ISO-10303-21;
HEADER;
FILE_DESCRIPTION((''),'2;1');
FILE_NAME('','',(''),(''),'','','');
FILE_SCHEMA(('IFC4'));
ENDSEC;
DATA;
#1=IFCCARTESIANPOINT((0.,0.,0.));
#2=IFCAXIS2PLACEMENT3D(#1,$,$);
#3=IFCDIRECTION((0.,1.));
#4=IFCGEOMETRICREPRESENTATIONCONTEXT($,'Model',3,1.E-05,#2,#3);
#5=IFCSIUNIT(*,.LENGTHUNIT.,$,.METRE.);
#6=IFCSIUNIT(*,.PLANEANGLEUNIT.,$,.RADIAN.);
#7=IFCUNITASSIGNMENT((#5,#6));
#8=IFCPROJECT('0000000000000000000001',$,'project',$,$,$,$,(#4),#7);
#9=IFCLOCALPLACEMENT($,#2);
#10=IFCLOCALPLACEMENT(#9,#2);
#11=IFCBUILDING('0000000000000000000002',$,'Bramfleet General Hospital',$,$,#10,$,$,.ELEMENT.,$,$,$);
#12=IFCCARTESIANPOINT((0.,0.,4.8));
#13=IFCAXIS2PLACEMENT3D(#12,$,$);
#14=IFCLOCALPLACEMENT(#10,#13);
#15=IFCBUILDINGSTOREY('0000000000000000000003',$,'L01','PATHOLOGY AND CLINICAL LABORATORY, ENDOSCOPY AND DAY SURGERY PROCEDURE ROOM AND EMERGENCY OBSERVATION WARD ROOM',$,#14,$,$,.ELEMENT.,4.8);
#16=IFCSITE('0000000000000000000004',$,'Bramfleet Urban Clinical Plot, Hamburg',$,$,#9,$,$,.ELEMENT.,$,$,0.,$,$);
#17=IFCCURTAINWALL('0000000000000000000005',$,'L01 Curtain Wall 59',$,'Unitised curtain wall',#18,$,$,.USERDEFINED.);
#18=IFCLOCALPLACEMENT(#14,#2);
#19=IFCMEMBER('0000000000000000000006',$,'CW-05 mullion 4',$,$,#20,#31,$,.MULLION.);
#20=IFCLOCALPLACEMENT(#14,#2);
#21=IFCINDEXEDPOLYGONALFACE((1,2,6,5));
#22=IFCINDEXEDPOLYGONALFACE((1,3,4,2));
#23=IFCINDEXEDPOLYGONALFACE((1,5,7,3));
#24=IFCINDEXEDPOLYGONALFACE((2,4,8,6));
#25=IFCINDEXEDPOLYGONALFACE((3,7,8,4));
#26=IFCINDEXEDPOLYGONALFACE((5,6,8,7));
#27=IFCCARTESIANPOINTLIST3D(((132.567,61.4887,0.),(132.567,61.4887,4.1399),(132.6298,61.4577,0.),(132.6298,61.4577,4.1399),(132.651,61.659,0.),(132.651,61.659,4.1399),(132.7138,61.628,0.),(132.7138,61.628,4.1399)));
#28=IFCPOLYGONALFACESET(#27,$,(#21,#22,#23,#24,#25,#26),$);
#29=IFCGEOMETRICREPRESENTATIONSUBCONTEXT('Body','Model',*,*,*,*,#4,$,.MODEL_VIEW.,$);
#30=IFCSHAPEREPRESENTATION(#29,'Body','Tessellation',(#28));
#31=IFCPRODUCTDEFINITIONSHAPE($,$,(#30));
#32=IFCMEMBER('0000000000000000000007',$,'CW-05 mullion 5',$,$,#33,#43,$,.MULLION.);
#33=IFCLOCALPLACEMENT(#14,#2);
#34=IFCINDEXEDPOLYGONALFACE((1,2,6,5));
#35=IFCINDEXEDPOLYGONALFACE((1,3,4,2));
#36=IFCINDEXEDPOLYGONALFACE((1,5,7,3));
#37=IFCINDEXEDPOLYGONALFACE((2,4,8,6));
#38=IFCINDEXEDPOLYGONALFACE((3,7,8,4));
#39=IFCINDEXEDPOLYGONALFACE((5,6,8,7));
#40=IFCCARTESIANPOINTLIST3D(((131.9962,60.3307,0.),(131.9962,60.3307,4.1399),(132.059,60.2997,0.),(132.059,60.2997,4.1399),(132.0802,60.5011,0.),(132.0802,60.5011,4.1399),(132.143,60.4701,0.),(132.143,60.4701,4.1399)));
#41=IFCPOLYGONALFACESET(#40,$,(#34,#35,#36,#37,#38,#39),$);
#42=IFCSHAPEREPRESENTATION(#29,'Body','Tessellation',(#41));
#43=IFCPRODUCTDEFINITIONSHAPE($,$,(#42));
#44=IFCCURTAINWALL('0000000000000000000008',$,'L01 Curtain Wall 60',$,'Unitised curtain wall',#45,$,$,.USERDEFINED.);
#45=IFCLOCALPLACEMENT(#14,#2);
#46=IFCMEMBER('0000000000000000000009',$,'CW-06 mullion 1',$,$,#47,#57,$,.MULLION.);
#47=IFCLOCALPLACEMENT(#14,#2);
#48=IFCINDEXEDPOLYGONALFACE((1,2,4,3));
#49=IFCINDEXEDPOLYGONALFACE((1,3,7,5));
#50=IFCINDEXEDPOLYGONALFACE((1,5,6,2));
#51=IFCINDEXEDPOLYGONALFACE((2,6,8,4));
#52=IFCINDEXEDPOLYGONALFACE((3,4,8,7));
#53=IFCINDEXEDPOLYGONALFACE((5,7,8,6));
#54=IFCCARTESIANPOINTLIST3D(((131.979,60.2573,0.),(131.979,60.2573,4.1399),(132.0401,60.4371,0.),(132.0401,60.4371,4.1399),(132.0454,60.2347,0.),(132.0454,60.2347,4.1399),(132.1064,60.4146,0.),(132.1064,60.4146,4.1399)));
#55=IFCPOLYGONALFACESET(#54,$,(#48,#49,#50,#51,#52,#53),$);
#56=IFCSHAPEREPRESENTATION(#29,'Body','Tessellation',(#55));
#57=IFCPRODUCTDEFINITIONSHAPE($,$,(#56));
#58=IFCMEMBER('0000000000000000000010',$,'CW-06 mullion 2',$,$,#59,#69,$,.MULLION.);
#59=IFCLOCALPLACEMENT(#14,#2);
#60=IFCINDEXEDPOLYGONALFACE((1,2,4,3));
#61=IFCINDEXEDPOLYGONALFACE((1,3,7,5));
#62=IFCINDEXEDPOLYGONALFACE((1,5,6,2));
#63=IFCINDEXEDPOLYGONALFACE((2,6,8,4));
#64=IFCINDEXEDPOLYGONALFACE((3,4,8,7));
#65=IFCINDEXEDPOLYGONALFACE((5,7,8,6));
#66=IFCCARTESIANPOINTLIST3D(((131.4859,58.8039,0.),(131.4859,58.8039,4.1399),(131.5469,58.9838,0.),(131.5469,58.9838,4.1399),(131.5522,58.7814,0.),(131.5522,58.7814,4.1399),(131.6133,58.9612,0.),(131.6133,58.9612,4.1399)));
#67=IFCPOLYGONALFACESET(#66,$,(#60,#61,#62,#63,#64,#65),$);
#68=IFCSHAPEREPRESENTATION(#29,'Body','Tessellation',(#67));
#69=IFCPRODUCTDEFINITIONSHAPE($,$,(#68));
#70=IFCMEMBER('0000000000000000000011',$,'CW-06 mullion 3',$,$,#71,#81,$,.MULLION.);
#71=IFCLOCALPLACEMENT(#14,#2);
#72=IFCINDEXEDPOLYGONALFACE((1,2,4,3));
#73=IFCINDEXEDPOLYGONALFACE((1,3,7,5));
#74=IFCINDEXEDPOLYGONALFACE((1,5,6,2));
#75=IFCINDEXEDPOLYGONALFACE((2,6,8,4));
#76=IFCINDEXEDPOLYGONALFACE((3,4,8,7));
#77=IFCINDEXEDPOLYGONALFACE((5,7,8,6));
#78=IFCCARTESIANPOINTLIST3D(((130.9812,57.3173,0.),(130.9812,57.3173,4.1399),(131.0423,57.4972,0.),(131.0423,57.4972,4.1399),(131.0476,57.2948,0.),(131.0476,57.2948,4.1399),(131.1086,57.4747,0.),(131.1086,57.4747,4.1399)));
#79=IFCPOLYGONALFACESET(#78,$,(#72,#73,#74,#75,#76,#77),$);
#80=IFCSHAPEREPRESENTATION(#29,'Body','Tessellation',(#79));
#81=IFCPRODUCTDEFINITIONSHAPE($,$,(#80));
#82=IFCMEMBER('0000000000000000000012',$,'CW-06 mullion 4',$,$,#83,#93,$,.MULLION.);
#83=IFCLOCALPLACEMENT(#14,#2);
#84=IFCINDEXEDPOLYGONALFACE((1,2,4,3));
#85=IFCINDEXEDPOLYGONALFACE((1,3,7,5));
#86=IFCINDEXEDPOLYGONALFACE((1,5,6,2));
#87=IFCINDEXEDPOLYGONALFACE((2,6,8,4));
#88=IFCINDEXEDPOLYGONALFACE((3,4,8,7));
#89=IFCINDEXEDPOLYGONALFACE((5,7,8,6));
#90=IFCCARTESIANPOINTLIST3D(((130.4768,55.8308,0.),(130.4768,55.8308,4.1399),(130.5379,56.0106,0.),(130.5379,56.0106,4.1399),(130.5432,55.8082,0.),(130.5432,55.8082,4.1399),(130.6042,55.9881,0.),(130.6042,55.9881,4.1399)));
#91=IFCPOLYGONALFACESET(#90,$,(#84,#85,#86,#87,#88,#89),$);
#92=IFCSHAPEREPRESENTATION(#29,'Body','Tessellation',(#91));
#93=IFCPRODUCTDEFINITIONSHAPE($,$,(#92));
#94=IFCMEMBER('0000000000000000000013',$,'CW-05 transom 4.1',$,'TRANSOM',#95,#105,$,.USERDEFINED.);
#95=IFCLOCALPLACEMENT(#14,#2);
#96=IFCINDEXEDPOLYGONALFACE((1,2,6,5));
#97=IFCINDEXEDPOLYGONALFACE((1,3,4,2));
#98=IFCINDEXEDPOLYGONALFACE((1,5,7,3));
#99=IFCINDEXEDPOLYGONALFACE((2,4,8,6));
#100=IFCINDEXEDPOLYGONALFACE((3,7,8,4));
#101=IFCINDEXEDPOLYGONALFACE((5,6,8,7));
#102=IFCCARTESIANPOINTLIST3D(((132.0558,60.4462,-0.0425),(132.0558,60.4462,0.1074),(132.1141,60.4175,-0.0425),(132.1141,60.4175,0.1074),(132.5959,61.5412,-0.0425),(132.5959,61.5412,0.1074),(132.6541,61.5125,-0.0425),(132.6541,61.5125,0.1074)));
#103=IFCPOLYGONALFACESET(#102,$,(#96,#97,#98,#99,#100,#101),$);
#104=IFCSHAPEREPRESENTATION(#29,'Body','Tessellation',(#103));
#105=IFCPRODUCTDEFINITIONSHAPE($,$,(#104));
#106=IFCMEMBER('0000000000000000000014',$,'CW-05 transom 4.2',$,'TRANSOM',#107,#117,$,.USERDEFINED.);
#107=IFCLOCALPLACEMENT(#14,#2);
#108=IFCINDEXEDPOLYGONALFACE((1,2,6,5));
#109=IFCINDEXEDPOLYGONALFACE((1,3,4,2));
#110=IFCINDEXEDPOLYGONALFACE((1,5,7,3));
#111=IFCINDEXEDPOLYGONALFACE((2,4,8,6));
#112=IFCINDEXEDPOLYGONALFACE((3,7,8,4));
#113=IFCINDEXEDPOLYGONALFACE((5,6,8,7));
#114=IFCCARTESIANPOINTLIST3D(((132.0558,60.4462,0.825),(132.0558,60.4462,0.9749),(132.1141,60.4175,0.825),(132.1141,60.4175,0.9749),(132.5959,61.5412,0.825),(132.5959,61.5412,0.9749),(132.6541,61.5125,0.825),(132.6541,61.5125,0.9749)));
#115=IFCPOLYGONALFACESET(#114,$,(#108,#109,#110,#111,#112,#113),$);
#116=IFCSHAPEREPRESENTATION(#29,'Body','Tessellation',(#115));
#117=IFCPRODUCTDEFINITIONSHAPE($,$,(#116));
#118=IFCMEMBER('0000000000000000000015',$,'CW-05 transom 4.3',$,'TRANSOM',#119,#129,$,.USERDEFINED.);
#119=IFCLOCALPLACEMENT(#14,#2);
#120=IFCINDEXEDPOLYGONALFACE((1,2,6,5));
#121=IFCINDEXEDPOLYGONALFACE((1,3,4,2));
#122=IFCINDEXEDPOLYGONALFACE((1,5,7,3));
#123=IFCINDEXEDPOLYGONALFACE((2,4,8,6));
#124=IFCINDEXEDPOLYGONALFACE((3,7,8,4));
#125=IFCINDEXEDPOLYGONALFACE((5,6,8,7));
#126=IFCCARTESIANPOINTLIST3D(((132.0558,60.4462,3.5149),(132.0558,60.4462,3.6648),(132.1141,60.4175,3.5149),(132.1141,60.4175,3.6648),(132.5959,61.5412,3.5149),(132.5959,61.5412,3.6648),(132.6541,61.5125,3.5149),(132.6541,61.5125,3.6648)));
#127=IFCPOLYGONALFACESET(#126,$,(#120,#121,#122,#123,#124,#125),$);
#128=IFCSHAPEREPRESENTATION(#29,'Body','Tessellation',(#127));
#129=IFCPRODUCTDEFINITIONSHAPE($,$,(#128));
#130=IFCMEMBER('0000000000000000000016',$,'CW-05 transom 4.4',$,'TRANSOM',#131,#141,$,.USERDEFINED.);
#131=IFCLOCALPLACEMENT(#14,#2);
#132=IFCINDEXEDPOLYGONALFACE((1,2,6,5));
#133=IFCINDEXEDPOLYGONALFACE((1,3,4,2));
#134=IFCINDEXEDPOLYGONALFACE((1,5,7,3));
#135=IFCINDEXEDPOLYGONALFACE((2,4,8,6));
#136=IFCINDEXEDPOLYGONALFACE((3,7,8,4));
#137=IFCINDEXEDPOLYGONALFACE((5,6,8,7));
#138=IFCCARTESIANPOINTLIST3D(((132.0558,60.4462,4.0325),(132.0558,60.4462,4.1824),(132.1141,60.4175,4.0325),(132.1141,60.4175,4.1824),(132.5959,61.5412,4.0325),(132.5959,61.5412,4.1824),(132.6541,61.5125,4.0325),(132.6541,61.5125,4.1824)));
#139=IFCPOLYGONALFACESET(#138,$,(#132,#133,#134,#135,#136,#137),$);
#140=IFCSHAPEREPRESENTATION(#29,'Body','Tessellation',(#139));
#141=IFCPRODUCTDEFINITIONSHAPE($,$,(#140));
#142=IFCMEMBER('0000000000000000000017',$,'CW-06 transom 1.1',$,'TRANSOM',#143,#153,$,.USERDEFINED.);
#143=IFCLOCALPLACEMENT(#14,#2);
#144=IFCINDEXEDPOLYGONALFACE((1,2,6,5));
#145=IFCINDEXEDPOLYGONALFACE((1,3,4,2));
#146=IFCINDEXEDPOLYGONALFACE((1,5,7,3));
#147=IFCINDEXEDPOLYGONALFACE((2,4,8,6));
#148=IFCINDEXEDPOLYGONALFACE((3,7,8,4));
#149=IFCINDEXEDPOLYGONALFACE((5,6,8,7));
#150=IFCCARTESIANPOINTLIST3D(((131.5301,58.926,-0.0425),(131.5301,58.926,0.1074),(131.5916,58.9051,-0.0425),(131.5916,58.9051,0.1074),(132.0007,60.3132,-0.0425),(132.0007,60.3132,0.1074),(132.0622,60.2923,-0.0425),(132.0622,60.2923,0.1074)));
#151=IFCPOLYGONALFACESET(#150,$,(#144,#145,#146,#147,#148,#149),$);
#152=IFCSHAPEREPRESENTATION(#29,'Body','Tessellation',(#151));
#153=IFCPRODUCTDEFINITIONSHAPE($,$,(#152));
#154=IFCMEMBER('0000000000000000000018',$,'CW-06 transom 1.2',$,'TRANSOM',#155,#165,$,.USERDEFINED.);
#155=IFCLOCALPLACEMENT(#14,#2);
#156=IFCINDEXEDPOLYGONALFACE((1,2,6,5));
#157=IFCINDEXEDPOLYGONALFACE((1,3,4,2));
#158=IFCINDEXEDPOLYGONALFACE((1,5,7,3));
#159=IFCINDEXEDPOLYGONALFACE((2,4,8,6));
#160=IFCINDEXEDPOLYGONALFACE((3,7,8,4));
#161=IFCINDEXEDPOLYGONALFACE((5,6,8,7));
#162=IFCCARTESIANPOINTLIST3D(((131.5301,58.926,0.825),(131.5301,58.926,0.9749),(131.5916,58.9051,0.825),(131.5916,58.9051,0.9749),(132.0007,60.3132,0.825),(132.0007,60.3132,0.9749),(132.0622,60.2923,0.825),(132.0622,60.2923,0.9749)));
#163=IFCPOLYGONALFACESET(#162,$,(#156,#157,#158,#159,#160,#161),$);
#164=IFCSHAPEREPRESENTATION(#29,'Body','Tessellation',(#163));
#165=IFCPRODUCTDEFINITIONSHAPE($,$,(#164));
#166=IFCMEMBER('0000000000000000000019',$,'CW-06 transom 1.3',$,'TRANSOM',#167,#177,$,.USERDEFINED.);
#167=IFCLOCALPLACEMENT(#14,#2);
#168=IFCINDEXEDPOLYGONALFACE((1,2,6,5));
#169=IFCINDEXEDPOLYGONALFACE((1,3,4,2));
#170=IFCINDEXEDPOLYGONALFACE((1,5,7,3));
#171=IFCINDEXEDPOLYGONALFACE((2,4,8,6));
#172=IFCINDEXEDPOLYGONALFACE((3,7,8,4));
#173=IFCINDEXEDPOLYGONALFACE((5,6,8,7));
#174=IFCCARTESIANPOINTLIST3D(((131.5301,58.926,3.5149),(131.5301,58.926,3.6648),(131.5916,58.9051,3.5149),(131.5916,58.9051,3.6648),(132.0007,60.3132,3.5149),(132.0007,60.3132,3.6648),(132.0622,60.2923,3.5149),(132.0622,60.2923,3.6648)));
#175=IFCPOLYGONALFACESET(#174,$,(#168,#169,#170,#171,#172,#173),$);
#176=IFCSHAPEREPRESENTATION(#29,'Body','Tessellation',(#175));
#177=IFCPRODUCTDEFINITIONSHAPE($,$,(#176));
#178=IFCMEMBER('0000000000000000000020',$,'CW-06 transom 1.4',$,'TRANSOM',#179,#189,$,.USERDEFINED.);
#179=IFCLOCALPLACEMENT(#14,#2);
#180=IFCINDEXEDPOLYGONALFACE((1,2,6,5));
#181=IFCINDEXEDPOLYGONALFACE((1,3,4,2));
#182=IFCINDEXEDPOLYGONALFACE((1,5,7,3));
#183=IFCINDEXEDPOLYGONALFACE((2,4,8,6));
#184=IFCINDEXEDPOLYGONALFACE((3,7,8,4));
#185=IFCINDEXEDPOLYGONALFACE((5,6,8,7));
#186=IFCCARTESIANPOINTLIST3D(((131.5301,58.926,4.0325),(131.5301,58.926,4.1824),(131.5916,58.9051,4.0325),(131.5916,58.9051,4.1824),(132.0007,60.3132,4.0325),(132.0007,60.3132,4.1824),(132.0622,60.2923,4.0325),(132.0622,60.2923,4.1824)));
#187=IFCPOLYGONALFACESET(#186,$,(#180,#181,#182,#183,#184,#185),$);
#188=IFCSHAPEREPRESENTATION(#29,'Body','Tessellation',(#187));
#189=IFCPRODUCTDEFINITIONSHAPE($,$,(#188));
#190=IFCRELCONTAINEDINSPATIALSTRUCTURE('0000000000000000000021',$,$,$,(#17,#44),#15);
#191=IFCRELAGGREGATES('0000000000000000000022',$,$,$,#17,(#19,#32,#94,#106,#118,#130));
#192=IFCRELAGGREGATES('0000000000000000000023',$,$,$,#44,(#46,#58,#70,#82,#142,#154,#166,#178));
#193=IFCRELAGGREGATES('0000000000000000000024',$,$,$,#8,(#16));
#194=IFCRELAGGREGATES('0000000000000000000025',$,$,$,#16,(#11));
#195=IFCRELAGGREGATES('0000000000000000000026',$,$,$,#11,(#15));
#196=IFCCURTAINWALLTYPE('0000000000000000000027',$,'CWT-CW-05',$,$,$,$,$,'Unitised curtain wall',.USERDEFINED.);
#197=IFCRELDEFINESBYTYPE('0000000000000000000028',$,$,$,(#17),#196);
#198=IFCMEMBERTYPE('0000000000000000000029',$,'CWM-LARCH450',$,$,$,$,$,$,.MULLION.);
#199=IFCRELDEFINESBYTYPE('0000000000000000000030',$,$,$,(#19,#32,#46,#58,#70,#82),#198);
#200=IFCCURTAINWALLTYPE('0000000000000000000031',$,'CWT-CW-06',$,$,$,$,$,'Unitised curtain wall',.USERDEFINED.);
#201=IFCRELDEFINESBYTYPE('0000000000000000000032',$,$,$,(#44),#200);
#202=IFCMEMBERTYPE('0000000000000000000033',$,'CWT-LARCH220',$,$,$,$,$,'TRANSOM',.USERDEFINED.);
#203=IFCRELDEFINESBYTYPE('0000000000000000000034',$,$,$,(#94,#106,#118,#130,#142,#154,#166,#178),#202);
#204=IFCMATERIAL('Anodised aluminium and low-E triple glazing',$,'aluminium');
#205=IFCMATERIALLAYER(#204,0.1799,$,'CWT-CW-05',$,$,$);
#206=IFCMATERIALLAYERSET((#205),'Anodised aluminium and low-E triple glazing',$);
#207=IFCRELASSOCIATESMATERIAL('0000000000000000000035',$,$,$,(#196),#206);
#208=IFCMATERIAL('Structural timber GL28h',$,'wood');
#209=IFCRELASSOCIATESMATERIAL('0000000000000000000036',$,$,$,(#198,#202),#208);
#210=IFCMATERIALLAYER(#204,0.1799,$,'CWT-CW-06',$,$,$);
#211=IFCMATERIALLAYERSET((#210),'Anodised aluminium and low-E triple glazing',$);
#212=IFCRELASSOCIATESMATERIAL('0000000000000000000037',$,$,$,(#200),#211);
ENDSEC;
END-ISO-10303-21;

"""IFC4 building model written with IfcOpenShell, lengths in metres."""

from ifc_helpers import new_model, si_unit, direction, frame, origin, origin_2d, place, context, subcontext, project, spatial, rectangle, extrude, material, layer, layer_set, material_profile, profile_set, type_object, element, aggregate, save


model = new_model("IFC4")

# Units and contexts
model_context = context("Model", 3, precision=1e-05, world=origin(), true_north=direction((0.0, 1.0)))
body_context = subcontext(model_context, "Body", "Model", "MODEL_VIEW")
ifc_project = project(units=[si_unit("LENGTHUNIT", "METRE"), si_unit("PLANEANGLEUNIT", "RADIAN")], contexts=[model_context])

# Site, building, storey
site_placement = place(None, origin())
site = spatial("IfcSite", under=ifc_project, at=site_placement, Name="Bramfleet Urban Clinical Plot, Hamburg", CompositionType="ELEMENT", RefElevation=0.0)
building_placement = place(site_placement, origin())
building = spatial("IfcBuilding", under=site, at=building_placement, Name="Bramfleet General Hospital", CompositionType="ELEMENT")
storey_placement = place(building_placement, frame((0.0, 0.0, 4.8)))
storey = spatial("IfcBuildingStorey", under=building, at=storey_placement, Name="L01", Description="PATHOLOGY AND CLINICAL LABORATORY, ENDOSCOPY AND DAY SURGERY PROCEDURE ROOM AND EMERGENCY OBSERVATION WARD ROOM", CompositionType="ELEMENT", Elevation=4.8)

# Curtain walls, members
ifc_material_1 = material(Name="Anodised aluminium and low-E triple glazing", Category="aluminium")
ifc_layer_1 = layer(ifc_material_1, 0.1799, Name="CWT-CW-05")
ifc_layer_set_1 = layer_set([ifc_layer_1], Name="Anodised aluminium and low-E triple glazing")
curtain_wall_type_1 = type_object("IfcCurtainWallType", Name="CWT-CW-05", ElementType="Unitised curtain wall", PredefinedType="USERDEFINED", material=ifc_layer_set_1)
curtain_wall_1_placement = place(storey_placement, origin())
curtain_wall_1 = element("IfcCurtainWall", 1, at=curtain_wall_1_placement, inside=storey, type_object=curtain_wall_type_1, Name="L01 Curtain Wall 59", ObjectType="Unitised curtain wall", PredefinedType="USERDEFINED")
ifc_material_2 = material(Name="Structural timber GL28h", Category="wood")
ifc_material_profile_1 = material_profile(ifc_material_2, rectangle(XDim=0.0701, YDim=0.1899, at=origin_2d()), Name="LARCH 190x70")
ifc_profile_set_1 = profile_set([ifc_material_profile_1], Name="Structural timber GL28h")
member_type_1 = type_object("IfcMemberType", Name="CWM-LARCH450", PredefinedType="MULLION", material=ifc_profile_set_1)
member_1_placement = place(storey_placement, frame((132.6404, 61.5583, 0.0), z_axis=(0.0, 0.0, 1.0), x_axis=(0.896865, -0.442305, 0.0)))
member_1 = element("IfcMember", 2, at=member_1_placement, type_object=member_type_1, Name="CW-05 mullion 4", PredefinedType="MULLION", context=body_context, shape_type="SweptSolid", body=[
    extrude(rectangle(XDim=0.0701, YDim=0.1899, at=origin_2d()), origin(), (0.0, 0.0, 1.0), 4.1399),
])
member_2_placement = place(storey_placement, frame((132.0696, 60.4004, 0.0), z_axis=(0.0, 0.0, 1.0), x_axis=(0.896865, -0.442305, 0.0)))
member_2 = element("IfcMember", 3, at=member_2_placement, type_object=member_type_1, Name="CW-05 mullion 5", PredefinedType="MULLION", context=body_context, shape_type="SweptSolid", body=[
    extrude(rectangle(XDim=0.0701, YDim=0.1899, at=origin_2d()), origin(), (0.0, 0.0, 1.0), 4.1399),
])
ifc_layer_2 = layer(ifc_material_1, 0.1799, Name="CWT-CW-06")
ifc_layer_set_2 = layer_set([ifc_layer_2], Name="Anodised aluminium and low-E triple glazing")
curtain_wall_type_2 = type_object("IfcCurtainWallType", Name="CWT-CW-06", ElementType="Unitised curtain wall", PredefinedType="USERDEFINED", material=ifc_layer_set_2)
curtain_wall_2_placement = place(storey_placement, origin())
curtain_wall_2 = element("IfcCurtainWall", 4, at=curtain_wall_2_placement, inside=storey, type_object=curtain_wall_type_2, Name="L01 Curtain Wall 60", ObjectType="Unitised curtain wall", PredefinedType="USERDEFINED")
member_3_placement = place(storey_placement, frame((132.0427, 60.3359, 0.0), z_axis=(0.0, 0.0, 1.0), x_axis=(0.946949, -0.321383, 0.0)))
member_3 = element("IfcMember", 5, at=member_3_placement, type_object=member_type_1, Name="CW-06 mullion 1", PredefinedType="MULLION", context=body_context, shape_type="SweptSolid", body=[
    extrude(rectangle(XDim=0.0701, YDim=0.1899, at=origin_2d()), origin(), (0.0, 0.0, 1.0), 4.1399),
])
member_4_placement = place(storey_placement, frame((131.5496, 58.8826, 0.0), z_axis=(0.0, 0.0, 1.0), x_axis=(0.946949, -0.321383, 0.0)))
member_4 = element("IfcMember", 6, at=member_4_placement, type_object=member_type_1, Name="CW-06 mullion 2", PredefinedType="MULLION", context=body_context, shape_type="SweptSolid", body=[
    extrude(rectangle(XDim=0.0701, YDim=0.1899, at=origin_2d()), origin(), (0.0, 0.0, 1.0), 4.1399),
])
member_5_placement = place(storey_placement, frame((131.0449, 57.396, 0.0), z_axis=(0.0, 0.0, 1.0), x_axis=(0.946949, -0.321383, 0.0)))
member_5 = element("IfcMember", 7, at=member_5_placement, type_object=member_type_1, Name="CW-06 mullion 3", PredefinedType="MULLION", context=body_context, shape_type="SweptSolid", body=[
    extrude(rectangle(XDim=0.0701, YDim=0.1899, at=origin_2d()), origin(), (0.0, 0.0, 1.0), 4.1399),
])
member_6_placement = place(storey_placement, frame((130.5405, 55.9094, 0.0), z_axis=(0.0, 0.0, 1.0), x_axis=(0.946949, -0.321383, 0.0)))
member_6 = element("IfcMember", 8, at=member_6_placement, type_object=member_type_1, Name="CW-06 mullion 4", PredefinedType="MULLION", context=body_context, shape_type="SweptSolid", body=[
    extrude(rectangle(XDim=0.0701, YDim=0.1899, at=origin_2d()), origin(), (0.0, 0.0, 1.0), 4.1399),
])

# Members
ifc_material_profile_2 = material_profile(ifc_material_2, rectangle(XDim=0.0649, YDim=0.1499, at=origin_2d()), Name="LARCH 150x65")
ifc_profile_set_2 = profile_set([ifc_material_profile_2], Name="Structural timber GL28h")
member_type_2 = type_object("IfcMemberType", Name="CWT-LARCH220", ElementType="TRANSOM", PredefinedType="USERDEFINED", material=ifc_profile_set_2)
member_7_placement = place(storey_placement, frame((132.625, 61.5269, 0.0325), z_axis=(-0.442328, -0.896853, 0.0), x_axis=(0.896853, -0.442328, 0.0)))
member_7 = element("IfcMember", 9, at=member_7_placement, type_object=member_type_2, Name="CW-05 transom 4.1", ObjectType="TRANSOM", PredefinedType="USERDEFINED", context=body_context, shape_type="SweptSolid", body=[
    extrude(rectangle(XDim=0.0649, YDim=0.1499, at=origin_2d()), origin(), (0.0, 0.0, 1.0), 1.2209),
])
member_8_placement = place(storey_placement, frame((132.625, 61.5269, 0.8999), z_axis=(-0.442328, -0.896853, 0.0), x_axis=(0.896853, -0.442328, 0.0)))
member_8 = element("IfcMember", 10, at=member_8_placement, type_object=member_type_2, Name="CW-05 transom 4.2", ObjectType="TRANSOM", PredefinedType="USERDEFINED", context=body_context, shape_type="SweptSolid", body=[
    extrude(rectangle(XDim=0.0649, YDim=0.1499, at=origin_2d()), origin(), (0.0, 0.0, 1.0), 1.2209),
])
member_9_placement = place(storey_placement, frame((132.625, 61.5269, 3.5898), z_axis=(-0.442328, -0.896853, 0.0), x_axis=(0.896853, -0.442328, 0.0)))
member_9 = element("IfcMember", 11, at=member_9_placement, type_object=member_type_2, Name="CW-05 transom 4.3", ObjectType="TRANSOM", PredefinedType="USERDEFINED", context=body_context, shape_type="SweptSolid", body=[
    extrude(rectangle(XDim=0.0649, YDim=0.1499, at=origin_2d()), origin(), (0.0, 0.0, 1.0), 1.2209),
])
member_10_placement = place(storey_placement, frame((132.625, 61.5269, 4.1074), z_axis=(-0.442328, -0.896853, 0.0), x_axis=(0.896853, -0.442328, 0.0)))
member_10 = element("IfcMember", 12, at=member_10_placement, type_object=member_type_2, Name="CW-05 transom 4.4", ObjectType="TRANSOM", PredefinedType="USERDEFINED", context=body_context, shape_type="SweptSolid", body=[
    extrude(rectangle(XDim=0.0649, YDim=0.1499, at=origin_2d()), origin(), (0.0, 0.0, 1.0), 1.2209),
])
member_11_placement = place(storey_placement, frame((132.0315, 60.3027, 0.0325), z_axis=(-0.321323, -0.94697, 0.0), x_axis=(0.94697, -0.321323, 0.0)))
member_11 = element("IfcMember", 13, at=member_11_placement, type_object=member_type_2, Name="CW-06 transom 1.1", ObjectType="TRANSOM", PredefinedType="USERDEFINED", context=body_context, shape_type="SweptSolid", body=[
    extrude(rectangle(XDim=0.0649, YDim=0.1499, at=origin_2d()), origin(), (0.0, 0.0, 1.0), 1.4648),
])
member_12_placement = place(storey_placement, frame((132.0315, 60.3027, 0.8999), z_axis=(-0.321323, -0.94697, 0.0), x_axis=(0.94697, -0.321323, 0.0)))
member_12 = element("IfcMember", 14, at=member_12_placement, type_object=member_type_2, Name="CW-06 transom 1.2", ObjectType="TRANSOM", PredefinedType="USERDEFINED", context=body_context, shape_type="SweptSolid", body=[
    extrude(rectangle(XDim=0.0649, YDim=0.1499, at=origin_2d()), origin(), (0.0, 0.0, 1.0), 1.4648),
])
member_13_placement = place(storey_placement, frame((132.0315, 60.3027, 3.5898), z_axis=(-0.321323, -0.94697, 0.0), x_axis=(0.94697, -0.321323, 0.0)))
member_13 = element("IfcMember", 15, at=member_13_placement, type_object=member_type_2, Name="CW-06 transom 1.3", ObjectType="TRANSOM", PredefinedType="USERDEFINED", context=body_context, shape_type="SweptSolid", body=[
    extrude(rectangle(XDim=0.0649, YDim=0.1499, at=origin_2d()), origin(), (0.0, 0.0, 1.0), 1.4648),
])
member_14_placement = place(storey_placement, frame((132.0315, 60.3027, 4.1074), z_axis=(-0.321323, -0.94697, 0.0), x_axis=(0.94697, -0.321323, 0.0)))
member_14 = element("IfcMember", 16, at=member_14_placement, type_object=member_type_2, Name="CW-06 transom 1.4", ObjectType="TRANSOM", PredefinedType="USERDEFINED", context=body_context, shape_type="SweptSolid", body=[
    extrude(rectangle(XDim=0.0649, YDim=0.1499, at=origin_2d()), origin(), (0.0, 0.0, 1.0), 1.4648),
])

aggregate(curtain_wall_1, [member_1, member_2, member_7, member_8, member_9, member_10])
aggregate(curtain_wall_2, [member_3, member_4, member_5, member_6, member_11, member_12, member_13, member_14])

save(model, "model.ifc")
